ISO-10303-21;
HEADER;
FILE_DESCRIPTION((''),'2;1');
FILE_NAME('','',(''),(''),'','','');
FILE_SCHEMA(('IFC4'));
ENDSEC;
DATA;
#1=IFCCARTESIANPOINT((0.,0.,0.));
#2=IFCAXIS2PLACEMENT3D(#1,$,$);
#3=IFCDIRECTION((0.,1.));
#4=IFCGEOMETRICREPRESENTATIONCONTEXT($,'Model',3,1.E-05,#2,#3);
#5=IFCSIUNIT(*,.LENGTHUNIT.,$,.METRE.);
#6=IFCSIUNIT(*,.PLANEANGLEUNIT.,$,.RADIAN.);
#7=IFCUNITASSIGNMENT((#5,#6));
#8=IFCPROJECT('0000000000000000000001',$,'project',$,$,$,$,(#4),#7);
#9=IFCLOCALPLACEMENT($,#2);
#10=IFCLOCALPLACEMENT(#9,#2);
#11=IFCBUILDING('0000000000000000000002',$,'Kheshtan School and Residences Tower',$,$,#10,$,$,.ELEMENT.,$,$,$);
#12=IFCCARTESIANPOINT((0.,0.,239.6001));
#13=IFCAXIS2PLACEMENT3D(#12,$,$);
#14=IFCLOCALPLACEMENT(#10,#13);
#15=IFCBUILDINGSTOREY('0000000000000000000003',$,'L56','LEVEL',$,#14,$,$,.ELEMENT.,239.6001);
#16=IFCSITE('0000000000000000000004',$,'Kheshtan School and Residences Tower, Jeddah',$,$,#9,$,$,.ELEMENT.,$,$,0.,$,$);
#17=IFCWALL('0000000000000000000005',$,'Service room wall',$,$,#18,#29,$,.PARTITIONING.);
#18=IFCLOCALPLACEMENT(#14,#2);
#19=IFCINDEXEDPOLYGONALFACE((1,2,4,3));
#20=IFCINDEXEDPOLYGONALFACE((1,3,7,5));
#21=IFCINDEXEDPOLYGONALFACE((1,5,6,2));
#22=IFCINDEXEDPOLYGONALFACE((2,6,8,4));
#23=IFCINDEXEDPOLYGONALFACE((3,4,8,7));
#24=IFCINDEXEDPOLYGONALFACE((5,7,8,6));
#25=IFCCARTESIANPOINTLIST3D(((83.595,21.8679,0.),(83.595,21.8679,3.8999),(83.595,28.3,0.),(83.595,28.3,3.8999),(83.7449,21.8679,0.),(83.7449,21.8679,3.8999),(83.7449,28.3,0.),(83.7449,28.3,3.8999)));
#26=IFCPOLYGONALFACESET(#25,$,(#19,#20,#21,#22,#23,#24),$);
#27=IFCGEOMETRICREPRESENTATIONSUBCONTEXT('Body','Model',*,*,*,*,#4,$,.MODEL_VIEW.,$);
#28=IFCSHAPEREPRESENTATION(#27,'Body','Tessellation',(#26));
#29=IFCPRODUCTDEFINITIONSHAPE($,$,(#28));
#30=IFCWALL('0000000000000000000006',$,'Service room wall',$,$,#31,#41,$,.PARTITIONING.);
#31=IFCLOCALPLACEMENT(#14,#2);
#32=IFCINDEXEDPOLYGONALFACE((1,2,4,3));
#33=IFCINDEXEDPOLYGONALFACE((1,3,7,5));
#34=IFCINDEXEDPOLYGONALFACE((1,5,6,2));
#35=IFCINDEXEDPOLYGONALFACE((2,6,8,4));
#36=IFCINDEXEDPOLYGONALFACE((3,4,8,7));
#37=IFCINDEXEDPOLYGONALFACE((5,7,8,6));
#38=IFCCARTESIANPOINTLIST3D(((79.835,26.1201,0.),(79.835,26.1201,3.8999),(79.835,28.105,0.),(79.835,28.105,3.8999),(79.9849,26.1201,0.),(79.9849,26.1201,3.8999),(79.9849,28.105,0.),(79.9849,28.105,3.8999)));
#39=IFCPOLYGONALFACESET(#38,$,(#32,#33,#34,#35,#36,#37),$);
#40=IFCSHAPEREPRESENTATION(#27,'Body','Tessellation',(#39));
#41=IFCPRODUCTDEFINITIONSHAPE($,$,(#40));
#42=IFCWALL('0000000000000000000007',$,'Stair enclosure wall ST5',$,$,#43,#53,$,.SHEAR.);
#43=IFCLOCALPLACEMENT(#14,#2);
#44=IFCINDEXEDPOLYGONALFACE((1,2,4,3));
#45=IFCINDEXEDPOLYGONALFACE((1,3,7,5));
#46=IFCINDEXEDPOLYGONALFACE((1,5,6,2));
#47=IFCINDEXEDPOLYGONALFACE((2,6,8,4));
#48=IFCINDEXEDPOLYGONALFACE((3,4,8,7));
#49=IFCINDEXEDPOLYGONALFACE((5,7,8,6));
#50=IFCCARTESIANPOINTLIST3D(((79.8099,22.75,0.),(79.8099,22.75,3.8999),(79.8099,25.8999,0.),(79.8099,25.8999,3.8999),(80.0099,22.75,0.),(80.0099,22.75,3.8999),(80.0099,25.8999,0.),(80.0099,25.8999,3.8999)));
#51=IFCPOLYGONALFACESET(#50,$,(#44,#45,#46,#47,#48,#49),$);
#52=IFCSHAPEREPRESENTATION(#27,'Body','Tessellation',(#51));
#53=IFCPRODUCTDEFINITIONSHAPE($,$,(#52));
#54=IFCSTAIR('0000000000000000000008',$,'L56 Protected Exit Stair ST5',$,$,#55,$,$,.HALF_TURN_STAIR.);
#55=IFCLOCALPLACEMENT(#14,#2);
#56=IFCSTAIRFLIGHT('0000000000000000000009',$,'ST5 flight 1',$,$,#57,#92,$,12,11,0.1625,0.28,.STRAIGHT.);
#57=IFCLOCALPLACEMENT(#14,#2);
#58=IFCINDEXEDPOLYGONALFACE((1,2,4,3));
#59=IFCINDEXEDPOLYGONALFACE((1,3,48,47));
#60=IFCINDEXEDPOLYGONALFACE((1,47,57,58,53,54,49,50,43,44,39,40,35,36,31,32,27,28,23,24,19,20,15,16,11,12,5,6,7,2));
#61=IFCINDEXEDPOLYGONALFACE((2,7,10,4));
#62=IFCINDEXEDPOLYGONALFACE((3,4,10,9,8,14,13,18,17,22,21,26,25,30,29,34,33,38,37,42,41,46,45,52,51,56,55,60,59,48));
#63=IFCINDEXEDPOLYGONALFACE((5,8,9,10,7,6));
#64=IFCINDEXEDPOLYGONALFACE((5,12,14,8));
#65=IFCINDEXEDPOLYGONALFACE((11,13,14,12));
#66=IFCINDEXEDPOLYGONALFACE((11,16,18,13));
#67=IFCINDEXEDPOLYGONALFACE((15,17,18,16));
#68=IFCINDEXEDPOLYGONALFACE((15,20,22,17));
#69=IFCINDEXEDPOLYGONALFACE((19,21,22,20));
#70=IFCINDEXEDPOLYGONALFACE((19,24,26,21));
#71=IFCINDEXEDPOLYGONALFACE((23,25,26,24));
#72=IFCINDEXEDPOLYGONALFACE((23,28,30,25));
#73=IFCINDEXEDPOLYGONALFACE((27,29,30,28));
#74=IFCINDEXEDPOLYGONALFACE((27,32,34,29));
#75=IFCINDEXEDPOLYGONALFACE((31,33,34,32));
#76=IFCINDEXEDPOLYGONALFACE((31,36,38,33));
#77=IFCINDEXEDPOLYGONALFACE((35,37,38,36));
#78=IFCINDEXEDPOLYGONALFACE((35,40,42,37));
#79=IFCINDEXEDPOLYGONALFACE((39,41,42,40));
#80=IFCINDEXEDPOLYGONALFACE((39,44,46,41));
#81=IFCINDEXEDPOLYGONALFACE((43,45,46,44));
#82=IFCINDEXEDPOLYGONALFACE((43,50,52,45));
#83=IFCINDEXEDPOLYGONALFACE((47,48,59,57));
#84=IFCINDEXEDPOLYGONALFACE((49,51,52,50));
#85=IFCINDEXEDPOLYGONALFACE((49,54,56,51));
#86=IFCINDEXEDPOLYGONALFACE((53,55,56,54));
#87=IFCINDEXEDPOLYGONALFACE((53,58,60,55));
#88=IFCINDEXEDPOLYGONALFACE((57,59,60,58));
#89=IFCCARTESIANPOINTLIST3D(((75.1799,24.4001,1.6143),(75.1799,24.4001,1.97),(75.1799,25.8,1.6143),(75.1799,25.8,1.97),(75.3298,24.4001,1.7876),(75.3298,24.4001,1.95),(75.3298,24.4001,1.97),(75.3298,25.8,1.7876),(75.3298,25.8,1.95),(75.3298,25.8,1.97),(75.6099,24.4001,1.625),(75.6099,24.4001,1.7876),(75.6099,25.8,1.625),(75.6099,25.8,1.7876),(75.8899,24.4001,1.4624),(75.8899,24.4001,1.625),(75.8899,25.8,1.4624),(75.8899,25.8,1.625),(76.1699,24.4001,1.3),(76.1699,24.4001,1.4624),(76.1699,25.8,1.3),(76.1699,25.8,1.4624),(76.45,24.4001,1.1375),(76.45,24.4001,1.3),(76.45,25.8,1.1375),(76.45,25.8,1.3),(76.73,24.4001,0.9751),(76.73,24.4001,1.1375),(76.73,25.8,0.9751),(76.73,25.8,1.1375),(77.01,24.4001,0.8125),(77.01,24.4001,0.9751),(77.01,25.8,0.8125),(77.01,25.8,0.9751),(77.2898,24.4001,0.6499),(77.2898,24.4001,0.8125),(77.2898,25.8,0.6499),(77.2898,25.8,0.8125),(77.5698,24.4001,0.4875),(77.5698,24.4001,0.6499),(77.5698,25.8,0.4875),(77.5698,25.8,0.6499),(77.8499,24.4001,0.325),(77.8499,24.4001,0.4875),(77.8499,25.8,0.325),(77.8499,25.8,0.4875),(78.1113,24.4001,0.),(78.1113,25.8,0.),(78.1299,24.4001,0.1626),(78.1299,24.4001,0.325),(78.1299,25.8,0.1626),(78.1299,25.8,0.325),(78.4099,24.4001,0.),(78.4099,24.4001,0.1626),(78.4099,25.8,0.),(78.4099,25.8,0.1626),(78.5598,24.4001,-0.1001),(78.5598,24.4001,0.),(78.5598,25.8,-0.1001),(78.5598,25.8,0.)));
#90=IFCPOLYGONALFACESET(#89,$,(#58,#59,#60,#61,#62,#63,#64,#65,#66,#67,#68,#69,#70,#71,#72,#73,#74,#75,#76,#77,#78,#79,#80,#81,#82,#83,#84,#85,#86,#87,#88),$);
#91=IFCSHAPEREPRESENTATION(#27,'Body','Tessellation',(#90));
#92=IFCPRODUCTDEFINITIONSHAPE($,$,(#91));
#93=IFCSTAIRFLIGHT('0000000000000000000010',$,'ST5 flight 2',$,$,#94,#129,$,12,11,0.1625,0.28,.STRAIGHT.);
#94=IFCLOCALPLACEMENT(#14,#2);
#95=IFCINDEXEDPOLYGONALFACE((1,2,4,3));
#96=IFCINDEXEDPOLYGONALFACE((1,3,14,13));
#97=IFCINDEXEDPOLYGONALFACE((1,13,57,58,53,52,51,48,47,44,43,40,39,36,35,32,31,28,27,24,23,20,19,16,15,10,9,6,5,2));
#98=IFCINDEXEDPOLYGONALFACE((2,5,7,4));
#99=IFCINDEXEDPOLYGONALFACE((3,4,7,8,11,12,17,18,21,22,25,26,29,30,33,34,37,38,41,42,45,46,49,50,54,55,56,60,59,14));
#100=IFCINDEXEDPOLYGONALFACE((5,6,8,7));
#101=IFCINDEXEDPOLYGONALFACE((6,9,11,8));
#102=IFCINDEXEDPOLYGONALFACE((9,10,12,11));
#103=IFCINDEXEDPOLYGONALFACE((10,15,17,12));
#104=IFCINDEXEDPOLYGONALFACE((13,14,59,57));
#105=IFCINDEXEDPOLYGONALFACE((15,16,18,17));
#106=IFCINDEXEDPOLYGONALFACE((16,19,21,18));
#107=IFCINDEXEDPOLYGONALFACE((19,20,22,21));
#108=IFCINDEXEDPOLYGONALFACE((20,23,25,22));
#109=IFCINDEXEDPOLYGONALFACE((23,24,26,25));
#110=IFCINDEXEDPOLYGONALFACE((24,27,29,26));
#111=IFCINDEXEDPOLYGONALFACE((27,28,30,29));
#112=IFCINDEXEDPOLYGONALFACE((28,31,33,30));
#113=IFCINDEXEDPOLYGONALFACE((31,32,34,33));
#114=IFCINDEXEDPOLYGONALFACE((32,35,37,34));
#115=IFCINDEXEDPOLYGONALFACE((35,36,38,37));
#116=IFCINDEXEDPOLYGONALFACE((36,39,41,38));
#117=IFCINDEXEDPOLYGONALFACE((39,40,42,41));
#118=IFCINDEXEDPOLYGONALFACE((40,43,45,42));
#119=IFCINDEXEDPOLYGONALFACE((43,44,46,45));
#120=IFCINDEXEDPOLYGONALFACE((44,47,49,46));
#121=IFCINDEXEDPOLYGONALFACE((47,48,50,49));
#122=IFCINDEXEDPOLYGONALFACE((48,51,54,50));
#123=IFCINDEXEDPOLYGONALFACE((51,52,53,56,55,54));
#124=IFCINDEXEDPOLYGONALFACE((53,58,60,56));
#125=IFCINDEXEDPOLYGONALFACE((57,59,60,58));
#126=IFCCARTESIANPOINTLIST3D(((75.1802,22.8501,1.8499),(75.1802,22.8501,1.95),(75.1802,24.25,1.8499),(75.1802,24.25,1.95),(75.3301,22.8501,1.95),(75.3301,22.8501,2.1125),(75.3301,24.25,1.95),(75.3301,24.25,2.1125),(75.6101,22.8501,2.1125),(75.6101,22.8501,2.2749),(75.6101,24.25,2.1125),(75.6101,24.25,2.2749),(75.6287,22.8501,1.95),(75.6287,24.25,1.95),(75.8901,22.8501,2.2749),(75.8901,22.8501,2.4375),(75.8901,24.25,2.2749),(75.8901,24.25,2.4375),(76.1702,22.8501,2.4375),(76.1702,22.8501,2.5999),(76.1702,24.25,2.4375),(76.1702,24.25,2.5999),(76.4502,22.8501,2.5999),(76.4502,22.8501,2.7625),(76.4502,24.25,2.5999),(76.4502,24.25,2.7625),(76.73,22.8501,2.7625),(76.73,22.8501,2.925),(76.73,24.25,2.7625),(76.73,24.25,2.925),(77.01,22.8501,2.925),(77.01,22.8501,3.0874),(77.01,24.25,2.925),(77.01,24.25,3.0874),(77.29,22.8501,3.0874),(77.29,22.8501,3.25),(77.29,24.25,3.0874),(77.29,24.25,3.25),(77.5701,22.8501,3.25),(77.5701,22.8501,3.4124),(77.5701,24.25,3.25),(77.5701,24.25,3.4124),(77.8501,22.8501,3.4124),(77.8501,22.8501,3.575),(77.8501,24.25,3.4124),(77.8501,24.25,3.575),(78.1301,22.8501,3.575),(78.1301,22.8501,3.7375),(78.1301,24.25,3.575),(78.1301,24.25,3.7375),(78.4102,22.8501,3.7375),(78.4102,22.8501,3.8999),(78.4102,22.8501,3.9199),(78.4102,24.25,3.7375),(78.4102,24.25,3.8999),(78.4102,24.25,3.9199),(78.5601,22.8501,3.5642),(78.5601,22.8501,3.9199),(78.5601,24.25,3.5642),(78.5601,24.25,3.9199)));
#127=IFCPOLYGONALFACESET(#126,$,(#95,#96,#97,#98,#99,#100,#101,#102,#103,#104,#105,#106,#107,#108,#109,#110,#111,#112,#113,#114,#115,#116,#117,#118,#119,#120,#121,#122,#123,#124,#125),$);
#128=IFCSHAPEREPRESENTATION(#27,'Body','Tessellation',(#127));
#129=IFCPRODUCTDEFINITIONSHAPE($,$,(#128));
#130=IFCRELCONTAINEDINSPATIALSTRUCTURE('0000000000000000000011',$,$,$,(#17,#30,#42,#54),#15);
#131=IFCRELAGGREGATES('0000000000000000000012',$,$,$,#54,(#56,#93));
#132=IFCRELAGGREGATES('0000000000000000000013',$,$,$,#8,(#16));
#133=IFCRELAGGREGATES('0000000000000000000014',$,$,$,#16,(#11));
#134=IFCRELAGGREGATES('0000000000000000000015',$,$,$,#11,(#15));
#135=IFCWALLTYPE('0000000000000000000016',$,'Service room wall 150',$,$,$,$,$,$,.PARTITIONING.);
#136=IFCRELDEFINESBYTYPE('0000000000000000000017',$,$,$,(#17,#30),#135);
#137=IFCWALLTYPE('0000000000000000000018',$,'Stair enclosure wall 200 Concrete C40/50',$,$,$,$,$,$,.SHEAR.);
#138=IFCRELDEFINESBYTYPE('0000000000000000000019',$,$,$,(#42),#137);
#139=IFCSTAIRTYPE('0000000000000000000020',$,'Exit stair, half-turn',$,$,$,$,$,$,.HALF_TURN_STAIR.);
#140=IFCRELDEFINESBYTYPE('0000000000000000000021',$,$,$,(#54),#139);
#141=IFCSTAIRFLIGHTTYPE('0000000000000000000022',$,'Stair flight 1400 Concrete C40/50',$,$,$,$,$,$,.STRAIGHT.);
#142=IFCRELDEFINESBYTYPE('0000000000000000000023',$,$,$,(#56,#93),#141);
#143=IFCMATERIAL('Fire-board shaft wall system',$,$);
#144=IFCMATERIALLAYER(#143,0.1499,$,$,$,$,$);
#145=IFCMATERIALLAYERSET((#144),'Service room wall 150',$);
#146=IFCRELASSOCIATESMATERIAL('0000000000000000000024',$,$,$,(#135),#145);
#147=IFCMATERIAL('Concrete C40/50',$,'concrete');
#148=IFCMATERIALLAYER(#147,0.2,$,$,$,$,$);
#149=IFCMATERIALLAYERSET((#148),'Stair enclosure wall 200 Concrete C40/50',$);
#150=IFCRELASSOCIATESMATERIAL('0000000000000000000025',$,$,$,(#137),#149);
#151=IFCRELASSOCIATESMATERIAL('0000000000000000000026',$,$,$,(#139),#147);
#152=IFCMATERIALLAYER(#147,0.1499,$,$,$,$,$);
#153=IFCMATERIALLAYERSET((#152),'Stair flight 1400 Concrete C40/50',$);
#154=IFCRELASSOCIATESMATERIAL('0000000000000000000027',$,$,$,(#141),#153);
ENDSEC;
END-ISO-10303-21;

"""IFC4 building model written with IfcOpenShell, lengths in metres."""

from ifc_helpers import new_model, si_unit, direction, frame, frame_2d, origin, place, context, subcontext, project, spatial, polyline, rectangle, outline, extrude, material, layer, layer_set, type_object, element, aggregate, save


model = new_model("IFC4")

# Units and contexts
model_context = context("Model", 3, precision=1e-05, world=origin(), true_north=direction((0.0, 1.0)))
body_context = subcontext(model_context, "Body", "Model", "MODEL_VIEW")
ifc_project = project(units=[si_unit("LENGTHUNIT", "METRE"), si_unit("PLANEANGLEUNIT", "RADIAN")], contexts=[model_context])

# Site, building, storey
site_placement = place(None, origin())
site = spatial("IfcSite", under=ifc_project, at=site_placement, Name="Kheshtan School and Residences Tower, Jeddah", CompositionType="ELEMENT", RefElevation=0.0)
building_placement = place(site_placement, origin())
building = spatial("IfcBuilding", under=site, at=building_placement, Name="Kheshtan School and Residences Tower", CompositionType="ELEMENT")
storey_placement = place(building_placement, frame((0.0, 0.0, 239.6001)))
storey = spatial("IfcBuildingStorey", under=building, at=storey_placement, Name="L56", Description="LEVEL", CompositionType="ELEMENT", Elevation=239.6001)

# Walls
ifc_material_1 = material(Name="Fire-board shaft wall system")
ifc_layer_1 = layer(ifc_material_1, 0.1499)
ifc_layer_set_1 = layer_set([ifc_layer_1], Name="Service room wall 150")
wall_type_1 = type_object("IfcWallType", Name="Service room wall 150", PredefinedType="PARTITIONING", material=ifc_layer_set_1)
wall_1_placement = place(storey_placement, frame((83.6699, 21.8679, 0.0), z_axis=(0.0, 0.0, 1.0), x_axis=(0.0, 1.0, 0.0)))
element("IfcWall", 1, at=wall_1_placement, inside=storey, type_object=wall_type_1, Name="Service room wall", PredefinedType="PARTITIONING", context=body_context, shape_type="SweptSolid", body=[
    extrude(rectangle(XDim=6.4321, YDim=0.1499, at=frame_2d((3.2161, 0.0))), origin(), (0.0, 0.0, 1.0), 3.8999),
])
wall_2_placement = place(storey_placement, frame((79.9099, 26.1201, 0.0), z_axis=(0.0, 0.0, 1.0), x_axis=(0.0, 1.0, 0.0)))
element("IfcWall", 2, at=wall_2_placement, inside=storey, type_object=wall_type_1, Name="Service room wall", PredefinedType="PARTITIONING", context=body_context, shape_type="SweptSolid", body=[
    extrude(rectangle(XDim=1.9849, YDim=0.1499, at=frame_2d((0.9924, 0.0))), origin(), (0.0, 0.0, 1.0), 3.8999),
])
ifc_material_2 = material(Name="Concrete C40/50", Category="concrete")
ifc_layer_2 = layer(ifc_material_2, 0.2)
ifc_layer_set_2 = layer_set([ifc_layer_2], Name="Stair enclosure wall 200 Concrete C40/50")
wall_type_2 = type_object("IfcWallType", Name="Stair enclosure wall 200 Concrete C40/50", PredefinedType="SHEAR", material=ifc_layer_set_2)
wall_3_placement = place(storey_placement, frame((79.9099, 22.75, 0.0), z_axis=(0.0, 0.0, 1.0), x_axis=(0.0, 1.0, 0.0)))
element("IfcWall", 3, at=wall_3_placement, inside=storey, type_object=wall_type_2, Name="Stair enclosure wall ST5", PredefinedType="SHEAR", context=body_context, shape_type="SweptSolid", body=[
    extrude(rectangle(XDim=3.1499, YDim=0.2, at=frame_2d((1.575, 0.0))), origin(), (0.0, 0.0, 1.0), 3.8999),
])

# Stair, stair flights
stair_type = type_object("IfcStairType", Name="Exit stair, half-turn", PredefinedType="HALF_TURN_STAIR", material=ifc_material_2)
stair_placement = place(storey_placement, origin())
stair = element("IfcStair", 4, at=stair_placement, inside=storey, type_object=stair_type, Name="L56 Protected Exit Stair ST5", PredefinedType="HALF_TURN_STAIR")
ifc_layer_3 = layer(ifc_material_2, 0.1499)
ifc_layer_set_3 = layer_set([ifc_layer_3], Name="Stair flight 1400 Concrete C40/50")
stair_flight_type = type_object("IfcStairFlightType", Name="Stair flight 1400 Concrete C40/50", PredefinedType="STRAIGHT", material=ifc_layer_set_3)
stair_flight_1_placement = place(storey_placement, frame((78.4099, 25.1001, 0.0), z_axis=(0.0, 0.0, 1.0), x_axis=(-1.0, 0.0, 0.0)))
stair_flight_1 = element("IfcStairFlight", 5, at=stair_flight_1_placement, type_object=stair_flight_type, Name="ST5 flight 1", NumberOfRisers=12, NumberOfTreads=11, PredefinedType="STRAIGHT", RiserHeight=0.1625, TreadLength=0.28, context=body_context, shape_type="SweptSolid", body=[
    extrude(outline(polyline([(-0.1499, -0.1001), (-0.1499, 0.0), (0.0, 0.0), (0.0, 0.1626), (0.28, 0.1626), (0.28, 0.325), (0.5601, 0.325), (0.5601, 0.4875), (0.8401, 0.4875), (0.8401, 0.6499), (1.1201, 0.6499), (1.1201, 0.8125), (1.3999, 0.8125), (1.3999, 0.9751), (1.6799, 0.9751), (1.6799, 1.1375), (1.96, 1.1375), (1.96, 1.3), (2.24, 1.3), (2.24, 1.4624), (2.52, 1.4624), (2.52, 1.625), (2.8, 1.625), (2.8, 1.7876), (3.0801, 1.7876), (3.0801, 1.95), (3.0801, 1.97), (3.23, 1.97), (3.23, 1.6143), (0.2986, 0.0), (-0.1499, -0.1001)])), frame((0.0, 0.7, 0.0), z_axis=(0.0, -1.0, 0.0), x_axis=(1.0, 0.0, 0.0)), (0.0, 0.0, 1.0), 1.3999),
])
stair_flight_2_placement = place(storey_placement, frame((75.3301, 23.55, 1.95), z_axis=(0.0, 0.0, 1.0), x_axis=(1.0, 0.0, 0.0)))
stair_flight_2 = element("IfcStairFlight", 6, at=stair_flight_2_placement, type_object=stair_flight_type, Name="ST5 flight 2", NumberOfRisers=12, NumberOfTreads=11, PredefinedType="STRAIGHT", RiserHeight=0.1625, TreadLength=0.28, context=body_context, shape_type="SweptSolid", body=[
    extrude(outline(polyline([(-0.1499, -0.1001), (-0.1499, 0.0), (0.0, 0.0), (0.0, 0.1626), (0.28, 0.1626), (0.28, 0.325), (0.5601, 0.325), (0.5601, 0.4875), (0.8401, 0.4875), (0.8401, 0.6499), (1.1201, 0.6499), (1.1201, 0.8125), (1.3999, 0.8125), (1.3999, 0.9751), (1.6799, 0.9751), (1.6799, 1.1375), (1.96, 1.1375), (1.96, 1.3), (2.24, 1.3), (2.24, 1.4624), (2.52, 1.4624), (2.52, 1.625), (2.8, 1.625), (2.8, 1.7876), (3.0801, 1.7876), (3.0801, 1.95), (3.0801, 1.97), (3.23, 1.97), (3.23, 1.6143), (0.2986, 0.0), (-0.1499, -0.1001)])), frame((0.0, 0.7, 0.0), z_axis=(0.0, -1.0, 0.0), x_axis=(1.0, 0.0, 0.0)), (0.0, 0.0, 1.0), 1.3999),
])
aggregate(stair, [stair_flight_1, stair_flight_2])

save(model, "model.ifc")
